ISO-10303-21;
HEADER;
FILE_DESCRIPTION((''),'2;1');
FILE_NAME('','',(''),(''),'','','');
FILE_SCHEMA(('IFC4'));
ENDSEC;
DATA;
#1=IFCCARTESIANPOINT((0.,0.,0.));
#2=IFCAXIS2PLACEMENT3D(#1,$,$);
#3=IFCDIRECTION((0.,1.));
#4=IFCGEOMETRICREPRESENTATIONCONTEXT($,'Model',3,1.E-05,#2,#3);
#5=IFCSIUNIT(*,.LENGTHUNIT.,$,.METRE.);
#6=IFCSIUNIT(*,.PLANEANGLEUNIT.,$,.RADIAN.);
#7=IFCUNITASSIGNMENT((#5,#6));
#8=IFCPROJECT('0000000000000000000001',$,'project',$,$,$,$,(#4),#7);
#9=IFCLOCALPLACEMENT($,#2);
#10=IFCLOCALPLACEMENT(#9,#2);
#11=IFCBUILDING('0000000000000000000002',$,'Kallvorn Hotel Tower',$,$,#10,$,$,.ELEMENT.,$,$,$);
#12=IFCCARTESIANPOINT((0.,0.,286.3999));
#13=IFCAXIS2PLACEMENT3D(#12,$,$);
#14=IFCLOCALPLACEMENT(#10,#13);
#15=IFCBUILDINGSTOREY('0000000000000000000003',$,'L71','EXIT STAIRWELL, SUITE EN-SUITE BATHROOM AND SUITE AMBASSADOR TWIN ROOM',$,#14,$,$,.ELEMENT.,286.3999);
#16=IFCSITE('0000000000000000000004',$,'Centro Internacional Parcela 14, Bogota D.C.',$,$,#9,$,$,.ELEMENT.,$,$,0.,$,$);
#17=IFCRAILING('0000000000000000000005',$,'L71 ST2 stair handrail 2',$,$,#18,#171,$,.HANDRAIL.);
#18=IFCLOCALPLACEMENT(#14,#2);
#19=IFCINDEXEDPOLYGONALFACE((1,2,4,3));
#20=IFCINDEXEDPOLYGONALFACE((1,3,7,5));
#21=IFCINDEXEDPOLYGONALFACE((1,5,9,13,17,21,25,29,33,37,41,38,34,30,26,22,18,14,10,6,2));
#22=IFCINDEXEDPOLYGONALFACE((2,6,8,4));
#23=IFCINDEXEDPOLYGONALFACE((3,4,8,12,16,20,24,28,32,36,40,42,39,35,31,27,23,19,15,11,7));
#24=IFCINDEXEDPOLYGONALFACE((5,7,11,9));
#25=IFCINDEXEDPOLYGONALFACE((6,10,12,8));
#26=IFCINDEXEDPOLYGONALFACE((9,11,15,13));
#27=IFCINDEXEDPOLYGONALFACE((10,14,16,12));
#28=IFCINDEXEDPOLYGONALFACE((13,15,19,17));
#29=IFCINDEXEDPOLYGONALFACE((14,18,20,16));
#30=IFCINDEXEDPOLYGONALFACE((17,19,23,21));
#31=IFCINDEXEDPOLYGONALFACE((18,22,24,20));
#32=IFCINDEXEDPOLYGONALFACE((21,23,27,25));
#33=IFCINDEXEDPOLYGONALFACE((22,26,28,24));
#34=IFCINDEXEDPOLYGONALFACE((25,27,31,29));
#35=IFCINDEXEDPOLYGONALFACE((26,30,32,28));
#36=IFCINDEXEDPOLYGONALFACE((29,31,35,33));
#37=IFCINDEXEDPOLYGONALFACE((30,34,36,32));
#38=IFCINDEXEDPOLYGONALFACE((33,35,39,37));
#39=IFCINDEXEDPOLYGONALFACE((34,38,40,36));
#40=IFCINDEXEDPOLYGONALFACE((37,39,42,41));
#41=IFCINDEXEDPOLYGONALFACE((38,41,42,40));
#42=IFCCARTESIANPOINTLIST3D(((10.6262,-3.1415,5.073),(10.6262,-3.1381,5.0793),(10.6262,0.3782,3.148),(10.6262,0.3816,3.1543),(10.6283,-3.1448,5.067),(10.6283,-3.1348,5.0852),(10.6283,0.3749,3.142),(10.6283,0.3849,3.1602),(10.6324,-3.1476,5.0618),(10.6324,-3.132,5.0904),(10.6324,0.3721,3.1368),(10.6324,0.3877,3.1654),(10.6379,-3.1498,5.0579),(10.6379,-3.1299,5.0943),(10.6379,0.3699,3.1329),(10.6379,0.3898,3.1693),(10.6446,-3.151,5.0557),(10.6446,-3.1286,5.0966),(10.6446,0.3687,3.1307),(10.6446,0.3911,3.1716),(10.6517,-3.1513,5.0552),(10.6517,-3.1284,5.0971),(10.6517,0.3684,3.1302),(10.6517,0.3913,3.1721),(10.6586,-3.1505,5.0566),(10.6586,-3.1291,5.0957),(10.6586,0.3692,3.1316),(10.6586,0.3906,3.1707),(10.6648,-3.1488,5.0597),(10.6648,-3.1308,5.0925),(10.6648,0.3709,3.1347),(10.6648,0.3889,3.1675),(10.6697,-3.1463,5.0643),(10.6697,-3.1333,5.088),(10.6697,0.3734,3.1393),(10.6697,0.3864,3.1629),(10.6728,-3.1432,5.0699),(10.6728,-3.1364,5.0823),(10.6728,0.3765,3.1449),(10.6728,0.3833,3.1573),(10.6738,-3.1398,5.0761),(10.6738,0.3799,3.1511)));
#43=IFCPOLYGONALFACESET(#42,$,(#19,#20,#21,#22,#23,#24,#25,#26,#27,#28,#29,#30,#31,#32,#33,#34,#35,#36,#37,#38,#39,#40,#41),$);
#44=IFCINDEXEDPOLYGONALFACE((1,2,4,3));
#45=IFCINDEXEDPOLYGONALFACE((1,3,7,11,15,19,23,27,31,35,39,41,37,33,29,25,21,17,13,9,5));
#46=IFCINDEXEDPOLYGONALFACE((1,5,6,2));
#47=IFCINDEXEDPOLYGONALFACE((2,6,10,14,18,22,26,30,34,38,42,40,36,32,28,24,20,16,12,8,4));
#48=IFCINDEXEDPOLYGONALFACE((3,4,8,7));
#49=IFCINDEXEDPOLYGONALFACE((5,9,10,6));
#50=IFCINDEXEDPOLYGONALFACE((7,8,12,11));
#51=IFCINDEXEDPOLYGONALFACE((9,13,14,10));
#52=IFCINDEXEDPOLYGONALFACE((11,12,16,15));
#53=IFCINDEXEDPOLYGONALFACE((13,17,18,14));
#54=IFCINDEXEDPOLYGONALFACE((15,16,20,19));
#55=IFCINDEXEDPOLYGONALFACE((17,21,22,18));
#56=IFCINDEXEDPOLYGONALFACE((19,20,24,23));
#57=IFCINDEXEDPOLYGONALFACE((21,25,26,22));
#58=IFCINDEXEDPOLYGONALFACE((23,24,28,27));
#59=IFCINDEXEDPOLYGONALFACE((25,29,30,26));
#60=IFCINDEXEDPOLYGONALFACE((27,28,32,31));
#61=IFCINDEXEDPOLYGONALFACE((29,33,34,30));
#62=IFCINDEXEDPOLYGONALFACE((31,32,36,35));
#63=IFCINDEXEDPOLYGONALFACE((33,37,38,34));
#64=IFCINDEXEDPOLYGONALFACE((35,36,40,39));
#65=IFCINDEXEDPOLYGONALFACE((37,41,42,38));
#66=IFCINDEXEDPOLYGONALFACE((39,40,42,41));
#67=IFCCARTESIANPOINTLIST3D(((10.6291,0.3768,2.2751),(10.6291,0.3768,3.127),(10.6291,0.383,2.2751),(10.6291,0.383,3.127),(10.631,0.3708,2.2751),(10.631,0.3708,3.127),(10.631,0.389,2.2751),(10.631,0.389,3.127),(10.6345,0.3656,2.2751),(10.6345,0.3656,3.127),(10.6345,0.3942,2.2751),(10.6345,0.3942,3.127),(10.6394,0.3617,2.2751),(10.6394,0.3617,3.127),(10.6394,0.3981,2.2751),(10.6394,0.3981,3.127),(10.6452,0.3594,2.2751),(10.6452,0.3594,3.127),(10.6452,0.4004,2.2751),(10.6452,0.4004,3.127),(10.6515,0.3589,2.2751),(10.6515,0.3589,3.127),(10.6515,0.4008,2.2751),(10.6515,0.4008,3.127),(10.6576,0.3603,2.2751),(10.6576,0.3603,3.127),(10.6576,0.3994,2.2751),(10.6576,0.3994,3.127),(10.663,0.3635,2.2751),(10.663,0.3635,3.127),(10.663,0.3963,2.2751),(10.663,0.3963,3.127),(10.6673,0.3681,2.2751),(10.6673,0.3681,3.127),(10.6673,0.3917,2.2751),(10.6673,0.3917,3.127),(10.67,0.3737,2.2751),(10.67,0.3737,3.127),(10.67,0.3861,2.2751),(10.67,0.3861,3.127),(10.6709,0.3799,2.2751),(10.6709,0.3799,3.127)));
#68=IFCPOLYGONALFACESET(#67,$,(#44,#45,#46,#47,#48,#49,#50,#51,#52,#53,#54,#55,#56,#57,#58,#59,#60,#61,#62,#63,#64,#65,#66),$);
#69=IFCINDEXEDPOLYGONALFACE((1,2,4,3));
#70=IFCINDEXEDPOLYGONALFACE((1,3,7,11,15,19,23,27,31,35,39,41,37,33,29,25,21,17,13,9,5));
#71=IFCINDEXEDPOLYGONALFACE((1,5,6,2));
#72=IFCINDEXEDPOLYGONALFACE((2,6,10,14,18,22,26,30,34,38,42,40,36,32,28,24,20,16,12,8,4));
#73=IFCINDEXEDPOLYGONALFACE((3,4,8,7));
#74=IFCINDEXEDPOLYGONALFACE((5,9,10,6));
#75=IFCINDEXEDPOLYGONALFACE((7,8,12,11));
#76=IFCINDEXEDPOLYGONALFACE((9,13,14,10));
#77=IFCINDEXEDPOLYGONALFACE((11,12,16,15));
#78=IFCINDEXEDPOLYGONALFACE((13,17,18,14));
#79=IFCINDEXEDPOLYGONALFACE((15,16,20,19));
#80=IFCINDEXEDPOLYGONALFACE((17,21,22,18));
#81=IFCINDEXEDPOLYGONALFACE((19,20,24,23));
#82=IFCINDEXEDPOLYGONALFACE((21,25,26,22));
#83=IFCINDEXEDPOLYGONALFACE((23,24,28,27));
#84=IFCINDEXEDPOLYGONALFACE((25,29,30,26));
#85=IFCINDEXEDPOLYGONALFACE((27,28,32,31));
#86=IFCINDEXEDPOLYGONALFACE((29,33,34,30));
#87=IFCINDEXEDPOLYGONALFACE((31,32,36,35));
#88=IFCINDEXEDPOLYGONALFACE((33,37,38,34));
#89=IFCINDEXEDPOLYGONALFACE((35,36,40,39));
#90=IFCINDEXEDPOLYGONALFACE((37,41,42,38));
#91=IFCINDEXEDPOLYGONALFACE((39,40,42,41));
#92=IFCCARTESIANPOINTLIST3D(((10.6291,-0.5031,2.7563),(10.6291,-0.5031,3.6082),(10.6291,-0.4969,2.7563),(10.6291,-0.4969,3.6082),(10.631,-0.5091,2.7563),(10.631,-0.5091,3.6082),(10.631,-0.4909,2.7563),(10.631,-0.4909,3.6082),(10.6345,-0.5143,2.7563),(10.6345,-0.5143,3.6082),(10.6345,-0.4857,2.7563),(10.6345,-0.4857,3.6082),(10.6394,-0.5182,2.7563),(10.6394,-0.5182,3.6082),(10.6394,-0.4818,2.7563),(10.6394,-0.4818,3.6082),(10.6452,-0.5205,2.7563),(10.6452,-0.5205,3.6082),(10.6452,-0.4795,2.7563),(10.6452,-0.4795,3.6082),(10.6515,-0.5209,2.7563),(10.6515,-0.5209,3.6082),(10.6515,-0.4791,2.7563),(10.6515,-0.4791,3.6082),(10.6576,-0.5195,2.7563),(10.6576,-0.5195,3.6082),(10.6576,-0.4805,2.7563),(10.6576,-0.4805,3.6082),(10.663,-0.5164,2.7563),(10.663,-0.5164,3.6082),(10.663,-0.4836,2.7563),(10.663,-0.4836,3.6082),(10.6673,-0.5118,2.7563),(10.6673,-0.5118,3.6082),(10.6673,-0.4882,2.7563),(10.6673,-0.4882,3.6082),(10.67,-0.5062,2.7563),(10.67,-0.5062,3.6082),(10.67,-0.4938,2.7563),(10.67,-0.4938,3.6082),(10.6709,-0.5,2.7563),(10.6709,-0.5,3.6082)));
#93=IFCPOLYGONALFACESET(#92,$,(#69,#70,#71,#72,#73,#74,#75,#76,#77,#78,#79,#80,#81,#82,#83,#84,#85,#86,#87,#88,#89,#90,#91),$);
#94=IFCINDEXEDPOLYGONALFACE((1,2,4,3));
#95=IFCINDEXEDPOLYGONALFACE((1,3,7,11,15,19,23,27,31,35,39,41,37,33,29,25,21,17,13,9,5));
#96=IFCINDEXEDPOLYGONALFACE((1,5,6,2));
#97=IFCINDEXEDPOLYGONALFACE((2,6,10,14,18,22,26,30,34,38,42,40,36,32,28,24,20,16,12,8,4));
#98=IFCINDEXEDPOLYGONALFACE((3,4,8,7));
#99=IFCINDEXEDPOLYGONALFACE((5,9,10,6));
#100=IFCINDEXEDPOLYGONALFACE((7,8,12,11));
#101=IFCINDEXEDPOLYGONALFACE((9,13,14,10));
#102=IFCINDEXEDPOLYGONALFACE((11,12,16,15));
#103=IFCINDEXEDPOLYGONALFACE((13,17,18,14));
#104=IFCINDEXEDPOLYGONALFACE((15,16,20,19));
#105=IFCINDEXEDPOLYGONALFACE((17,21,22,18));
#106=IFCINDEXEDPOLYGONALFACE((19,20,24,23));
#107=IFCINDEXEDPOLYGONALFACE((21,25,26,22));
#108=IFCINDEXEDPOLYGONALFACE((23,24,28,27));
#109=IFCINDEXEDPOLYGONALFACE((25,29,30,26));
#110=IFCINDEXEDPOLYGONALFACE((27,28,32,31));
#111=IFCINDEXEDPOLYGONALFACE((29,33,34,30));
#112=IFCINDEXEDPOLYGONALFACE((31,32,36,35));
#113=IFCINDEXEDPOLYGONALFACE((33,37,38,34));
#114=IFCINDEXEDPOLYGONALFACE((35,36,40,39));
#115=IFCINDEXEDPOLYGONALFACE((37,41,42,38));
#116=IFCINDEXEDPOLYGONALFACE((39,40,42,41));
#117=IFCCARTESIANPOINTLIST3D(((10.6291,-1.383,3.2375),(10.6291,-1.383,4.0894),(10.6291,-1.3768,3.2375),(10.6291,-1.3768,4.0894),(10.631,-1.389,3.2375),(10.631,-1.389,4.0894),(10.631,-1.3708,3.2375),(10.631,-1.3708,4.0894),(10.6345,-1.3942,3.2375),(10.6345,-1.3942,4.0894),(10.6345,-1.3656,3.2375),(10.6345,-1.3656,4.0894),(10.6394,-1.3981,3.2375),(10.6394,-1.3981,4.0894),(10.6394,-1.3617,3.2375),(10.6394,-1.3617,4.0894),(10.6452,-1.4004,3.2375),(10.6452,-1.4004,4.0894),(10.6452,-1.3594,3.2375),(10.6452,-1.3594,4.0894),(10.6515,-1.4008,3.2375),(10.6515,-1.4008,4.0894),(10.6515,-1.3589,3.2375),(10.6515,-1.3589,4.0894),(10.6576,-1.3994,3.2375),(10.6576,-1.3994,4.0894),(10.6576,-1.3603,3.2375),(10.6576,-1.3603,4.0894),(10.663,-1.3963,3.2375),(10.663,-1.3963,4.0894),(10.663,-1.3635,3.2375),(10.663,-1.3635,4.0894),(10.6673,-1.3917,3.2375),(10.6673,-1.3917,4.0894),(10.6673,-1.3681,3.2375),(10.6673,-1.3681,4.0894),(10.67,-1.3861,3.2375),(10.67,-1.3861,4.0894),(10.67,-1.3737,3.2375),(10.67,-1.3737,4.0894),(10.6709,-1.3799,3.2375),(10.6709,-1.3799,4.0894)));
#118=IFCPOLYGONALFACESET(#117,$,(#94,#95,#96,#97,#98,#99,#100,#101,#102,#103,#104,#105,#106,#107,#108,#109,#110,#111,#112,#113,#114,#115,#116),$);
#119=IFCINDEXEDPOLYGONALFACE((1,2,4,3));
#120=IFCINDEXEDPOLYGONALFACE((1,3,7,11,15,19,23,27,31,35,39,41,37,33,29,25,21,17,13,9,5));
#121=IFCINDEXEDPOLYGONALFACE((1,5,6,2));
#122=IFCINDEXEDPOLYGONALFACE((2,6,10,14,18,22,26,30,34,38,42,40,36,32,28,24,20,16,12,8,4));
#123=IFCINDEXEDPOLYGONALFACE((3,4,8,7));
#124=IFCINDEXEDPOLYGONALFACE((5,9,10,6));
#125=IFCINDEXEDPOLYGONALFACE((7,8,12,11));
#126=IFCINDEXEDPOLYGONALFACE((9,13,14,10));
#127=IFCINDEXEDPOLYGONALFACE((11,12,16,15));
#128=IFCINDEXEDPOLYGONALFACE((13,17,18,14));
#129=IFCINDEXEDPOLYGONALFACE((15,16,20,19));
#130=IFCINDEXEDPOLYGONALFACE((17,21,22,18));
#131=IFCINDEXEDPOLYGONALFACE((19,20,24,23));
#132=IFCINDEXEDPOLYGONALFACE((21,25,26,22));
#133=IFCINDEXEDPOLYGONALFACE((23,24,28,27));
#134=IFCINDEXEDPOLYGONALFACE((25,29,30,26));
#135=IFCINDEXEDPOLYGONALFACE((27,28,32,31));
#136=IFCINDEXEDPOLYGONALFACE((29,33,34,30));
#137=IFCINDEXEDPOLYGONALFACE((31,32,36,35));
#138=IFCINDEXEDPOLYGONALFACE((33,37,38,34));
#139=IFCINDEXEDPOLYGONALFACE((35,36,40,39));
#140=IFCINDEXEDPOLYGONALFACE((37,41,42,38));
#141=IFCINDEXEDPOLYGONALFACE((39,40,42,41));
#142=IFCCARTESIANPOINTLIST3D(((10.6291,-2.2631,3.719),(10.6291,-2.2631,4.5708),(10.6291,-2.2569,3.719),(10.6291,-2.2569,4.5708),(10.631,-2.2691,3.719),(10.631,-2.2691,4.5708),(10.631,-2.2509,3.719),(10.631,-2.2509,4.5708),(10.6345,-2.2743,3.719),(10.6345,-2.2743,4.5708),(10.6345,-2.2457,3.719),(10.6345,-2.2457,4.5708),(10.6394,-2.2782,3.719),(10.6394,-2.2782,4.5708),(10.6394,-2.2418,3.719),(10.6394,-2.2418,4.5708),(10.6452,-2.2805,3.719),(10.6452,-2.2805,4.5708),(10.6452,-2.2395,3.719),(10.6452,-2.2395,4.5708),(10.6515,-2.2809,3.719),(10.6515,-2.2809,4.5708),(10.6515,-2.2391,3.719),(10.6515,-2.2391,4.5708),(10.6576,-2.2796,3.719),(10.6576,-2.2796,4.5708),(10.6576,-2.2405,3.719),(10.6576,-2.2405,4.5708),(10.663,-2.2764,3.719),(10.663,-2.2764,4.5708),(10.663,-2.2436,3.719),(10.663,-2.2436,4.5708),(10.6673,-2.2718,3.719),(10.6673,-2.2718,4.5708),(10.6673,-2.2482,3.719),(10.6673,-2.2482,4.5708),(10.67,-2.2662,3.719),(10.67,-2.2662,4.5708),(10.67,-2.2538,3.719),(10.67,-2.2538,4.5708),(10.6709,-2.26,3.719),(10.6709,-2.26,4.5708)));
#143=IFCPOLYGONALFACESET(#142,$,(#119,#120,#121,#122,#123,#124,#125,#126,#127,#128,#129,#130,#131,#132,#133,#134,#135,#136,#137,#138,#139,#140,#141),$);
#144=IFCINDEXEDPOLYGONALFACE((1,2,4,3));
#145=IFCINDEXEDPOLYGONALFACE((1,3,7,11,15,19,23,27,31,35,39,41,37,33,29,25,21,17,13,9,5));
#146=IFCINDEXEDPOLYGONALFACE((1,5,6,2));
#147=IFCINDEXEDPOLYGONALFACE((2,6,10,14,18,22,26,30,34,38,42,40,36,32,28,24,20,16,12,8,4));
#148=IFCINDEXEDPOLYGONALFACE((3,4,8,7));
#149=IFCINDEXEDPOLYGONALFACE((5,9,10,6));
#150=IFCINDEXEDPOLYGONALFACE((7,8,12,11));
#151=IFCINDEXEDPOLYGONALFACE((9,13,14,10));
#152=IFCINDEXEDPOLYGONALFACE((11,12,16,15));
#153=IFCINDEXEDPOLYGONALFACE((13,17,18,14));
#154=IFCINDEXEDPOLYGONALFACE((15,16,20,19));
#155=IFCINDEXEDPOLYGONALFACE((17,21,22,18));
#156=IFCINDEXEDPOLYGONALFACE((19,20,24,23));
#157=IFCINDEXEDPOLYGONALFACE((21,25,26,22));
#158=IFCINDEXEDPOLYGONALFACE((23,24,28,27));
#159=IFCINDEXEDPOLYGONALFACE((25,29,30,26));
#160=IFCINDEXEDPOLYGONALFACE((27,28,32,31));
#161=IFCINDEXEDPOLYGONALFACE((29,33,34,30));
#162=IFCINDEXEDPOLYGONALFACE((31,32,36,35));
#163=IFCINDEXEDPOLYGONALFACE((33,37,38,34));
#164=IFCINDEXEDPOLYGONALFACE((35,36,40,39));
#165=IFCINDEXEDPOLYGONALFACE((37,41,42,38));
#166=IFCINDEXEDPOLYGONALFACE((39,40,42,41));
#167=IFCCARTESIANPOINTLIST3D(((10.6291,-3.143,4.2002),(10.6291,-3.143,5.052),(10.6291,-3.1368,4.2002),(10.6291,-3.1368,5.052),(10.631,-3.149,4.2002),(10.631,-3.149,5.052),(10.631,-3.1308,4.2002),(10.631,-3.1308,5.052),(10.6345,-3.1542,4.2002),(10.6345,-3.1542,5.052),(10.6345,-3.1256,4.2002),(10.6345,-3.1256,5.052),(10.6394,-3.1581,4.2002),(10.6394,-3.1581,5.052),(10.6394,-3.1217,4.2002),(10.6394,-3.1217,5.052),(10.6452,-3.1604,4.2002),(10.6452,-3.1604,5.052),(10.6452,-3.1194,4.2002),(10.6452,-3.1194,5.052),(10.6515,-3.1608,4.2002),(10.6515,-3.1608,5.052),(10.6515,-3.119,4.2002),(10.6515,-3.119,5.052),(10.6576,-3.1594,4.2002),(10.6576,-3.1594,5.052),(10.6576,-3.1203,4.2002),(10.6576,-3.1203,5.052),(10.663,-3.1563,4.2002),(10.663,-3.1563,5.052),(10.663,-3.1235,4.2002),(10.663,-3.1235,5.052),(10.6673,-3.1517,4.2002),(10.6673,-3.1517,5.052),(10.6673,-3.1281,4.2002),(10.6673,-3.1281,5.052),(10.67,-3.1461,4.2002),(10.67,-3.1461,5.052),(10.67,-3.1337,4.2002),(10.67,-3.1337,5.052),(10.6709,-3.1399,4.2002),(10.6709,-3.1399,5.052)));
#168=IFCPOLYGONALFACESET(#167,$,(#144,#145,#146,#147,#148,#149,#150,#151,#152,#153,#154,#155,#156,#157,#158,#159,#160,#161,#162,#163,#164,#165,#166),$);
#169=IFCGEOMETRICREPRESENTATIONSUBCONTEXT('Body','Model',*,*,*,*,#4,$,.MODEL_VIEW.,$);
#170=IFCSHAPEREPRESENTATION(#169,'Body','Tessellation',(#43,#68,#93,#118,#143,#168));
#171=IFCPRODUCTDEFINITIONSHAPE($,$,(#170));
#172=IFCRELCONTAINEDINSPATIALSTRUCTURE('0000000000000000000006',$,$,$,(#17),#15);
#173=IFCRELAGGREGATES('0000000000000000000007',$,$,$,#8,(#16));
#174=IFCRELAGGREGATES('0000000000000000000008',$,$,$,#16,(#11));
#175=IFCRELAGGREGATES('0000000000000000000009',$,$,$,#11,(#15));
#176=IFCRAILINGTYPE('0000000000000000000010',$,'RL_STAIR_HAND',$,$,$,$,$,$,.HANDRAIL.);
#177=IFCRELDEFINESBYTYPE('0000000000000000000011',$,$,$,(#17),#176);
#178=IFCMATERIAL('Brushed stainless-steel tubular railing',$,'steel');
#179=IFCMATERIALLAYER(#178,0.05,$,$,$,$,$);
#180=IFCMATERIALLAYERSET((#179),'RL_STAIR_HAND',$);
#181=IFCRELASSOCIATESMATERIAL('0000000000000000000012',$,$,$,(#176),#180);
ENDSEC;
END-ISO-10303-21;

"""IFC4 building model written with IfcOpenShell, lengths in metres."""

from ifc_helpers import new_model, si_unit, direction, frame, origin, origin_2d, place, context, subcontext, project, spatial, circle, extrude, material, layer, layer_set, type_object, element, save


model = new_model("IFC4")

# Units and contexts
model_context = context("Model", 3, precision=1e-05, world=origin(), true_north=direction((0.0, 1.0)))
body_context = subcontext(model_context, "Body", "Model", "MODEL_VIEW")
ifc_project = project(units=[si_unit("LENGTHUNIT", "METRE"), si_unit("PLANEANGLEUNIT", "RADIAN")], contexts=[model_context])

# Site, building, storey
site_placement = place(None, origin())
site = spatial("IfcSite", under=ifc_project, at=site_placement, Name="Centro Internacional Parcela 14, Bogota D.C.", CompositionType="ELEMENT", RefElevation=0.0)
building_placement = place(site_placement, origin())
building = spatial("IfcBuilding", under=site, at=building_placement, Name="Kallvorn Hotel Tower", CompositionType="ELEMENT")
storey_placement = place(building_placement, frame((0.0, 0.0, 286.3999)))
storey = spatial("IfcBuildingStorey", under=building, at=storey_placement, Name="L71", Description="EXIT STAIRWELL, SUITE EN-SUITE BATHROOM AND SUITE AMBASSADOR TWIN ROOM", CompositionType="ELEMENT", Elevation=286.3999)

# Railing
ifc_material_1 = material(Name="Brushed stainless-steel tubular railing", Category="steel")
ifc_layer_1 = layer(ifc_material_1, 0.05)
ifc_layer_set_1 = layer_set([ifc_layer_1], Name="RL_STAIR_HAND")
railing_type_1 = type_object("IfcRailingType", Name="RL_STAIR_HAND", PredefinedType="HANDRAIL", material=ifc_layer_set_1)
for number, where, name in (
    (1, (10.6499, 0.3799, 2.2751), "L71 ST2 stair handrail 2"),
):
    element("IfcRailing", number, at=place(storey_placement, frame(where)), inside=storey, type_object=railing_type_1, Name=name, PredefinedType="HANDRAIL", context=body_context, shape_type="SweptSolid", body=[
        extrude(circle(Radius=0.0239, at=origin_2d()), frame((0.0, 0.0, 0.876), z_axis=(0.0, -0.877353, 0.479845), x_axis=(1.0, 0.0, 0.0)), (0.0, 0.0, 1.0), 4.0117),
        extrude(circle(Radius=0.021, at=origin_2d()), origin(), (0.0, 0.0, 1.0), 0.8518),
        extrude(circle(Radius=0.021, at=origin_2d()), frame((0.0, -0.8799, 0.4812)), (0.0, 0.0, 1.0), 0.8518),
        extrude(circle(Radius=0.021, at=origin_2d()), frame((0.0, -1.7598, 0.9624)), (0.0, 0.0, 1.0), 0.8518),
        extrude(circle(Radius=0.021, at=origin_2d()), frame((0.0, -2.6399, 1.4438)), (0.0, 0.0, 1.0), 0.8518),
        extrude(circle(Radius=0.021, at=origin_2d()), frame((0.0, -3.5198, 1.925)), (0.0, 0.0, 1.0), 0.8518),
    ])

save(model, "model.ifc")
